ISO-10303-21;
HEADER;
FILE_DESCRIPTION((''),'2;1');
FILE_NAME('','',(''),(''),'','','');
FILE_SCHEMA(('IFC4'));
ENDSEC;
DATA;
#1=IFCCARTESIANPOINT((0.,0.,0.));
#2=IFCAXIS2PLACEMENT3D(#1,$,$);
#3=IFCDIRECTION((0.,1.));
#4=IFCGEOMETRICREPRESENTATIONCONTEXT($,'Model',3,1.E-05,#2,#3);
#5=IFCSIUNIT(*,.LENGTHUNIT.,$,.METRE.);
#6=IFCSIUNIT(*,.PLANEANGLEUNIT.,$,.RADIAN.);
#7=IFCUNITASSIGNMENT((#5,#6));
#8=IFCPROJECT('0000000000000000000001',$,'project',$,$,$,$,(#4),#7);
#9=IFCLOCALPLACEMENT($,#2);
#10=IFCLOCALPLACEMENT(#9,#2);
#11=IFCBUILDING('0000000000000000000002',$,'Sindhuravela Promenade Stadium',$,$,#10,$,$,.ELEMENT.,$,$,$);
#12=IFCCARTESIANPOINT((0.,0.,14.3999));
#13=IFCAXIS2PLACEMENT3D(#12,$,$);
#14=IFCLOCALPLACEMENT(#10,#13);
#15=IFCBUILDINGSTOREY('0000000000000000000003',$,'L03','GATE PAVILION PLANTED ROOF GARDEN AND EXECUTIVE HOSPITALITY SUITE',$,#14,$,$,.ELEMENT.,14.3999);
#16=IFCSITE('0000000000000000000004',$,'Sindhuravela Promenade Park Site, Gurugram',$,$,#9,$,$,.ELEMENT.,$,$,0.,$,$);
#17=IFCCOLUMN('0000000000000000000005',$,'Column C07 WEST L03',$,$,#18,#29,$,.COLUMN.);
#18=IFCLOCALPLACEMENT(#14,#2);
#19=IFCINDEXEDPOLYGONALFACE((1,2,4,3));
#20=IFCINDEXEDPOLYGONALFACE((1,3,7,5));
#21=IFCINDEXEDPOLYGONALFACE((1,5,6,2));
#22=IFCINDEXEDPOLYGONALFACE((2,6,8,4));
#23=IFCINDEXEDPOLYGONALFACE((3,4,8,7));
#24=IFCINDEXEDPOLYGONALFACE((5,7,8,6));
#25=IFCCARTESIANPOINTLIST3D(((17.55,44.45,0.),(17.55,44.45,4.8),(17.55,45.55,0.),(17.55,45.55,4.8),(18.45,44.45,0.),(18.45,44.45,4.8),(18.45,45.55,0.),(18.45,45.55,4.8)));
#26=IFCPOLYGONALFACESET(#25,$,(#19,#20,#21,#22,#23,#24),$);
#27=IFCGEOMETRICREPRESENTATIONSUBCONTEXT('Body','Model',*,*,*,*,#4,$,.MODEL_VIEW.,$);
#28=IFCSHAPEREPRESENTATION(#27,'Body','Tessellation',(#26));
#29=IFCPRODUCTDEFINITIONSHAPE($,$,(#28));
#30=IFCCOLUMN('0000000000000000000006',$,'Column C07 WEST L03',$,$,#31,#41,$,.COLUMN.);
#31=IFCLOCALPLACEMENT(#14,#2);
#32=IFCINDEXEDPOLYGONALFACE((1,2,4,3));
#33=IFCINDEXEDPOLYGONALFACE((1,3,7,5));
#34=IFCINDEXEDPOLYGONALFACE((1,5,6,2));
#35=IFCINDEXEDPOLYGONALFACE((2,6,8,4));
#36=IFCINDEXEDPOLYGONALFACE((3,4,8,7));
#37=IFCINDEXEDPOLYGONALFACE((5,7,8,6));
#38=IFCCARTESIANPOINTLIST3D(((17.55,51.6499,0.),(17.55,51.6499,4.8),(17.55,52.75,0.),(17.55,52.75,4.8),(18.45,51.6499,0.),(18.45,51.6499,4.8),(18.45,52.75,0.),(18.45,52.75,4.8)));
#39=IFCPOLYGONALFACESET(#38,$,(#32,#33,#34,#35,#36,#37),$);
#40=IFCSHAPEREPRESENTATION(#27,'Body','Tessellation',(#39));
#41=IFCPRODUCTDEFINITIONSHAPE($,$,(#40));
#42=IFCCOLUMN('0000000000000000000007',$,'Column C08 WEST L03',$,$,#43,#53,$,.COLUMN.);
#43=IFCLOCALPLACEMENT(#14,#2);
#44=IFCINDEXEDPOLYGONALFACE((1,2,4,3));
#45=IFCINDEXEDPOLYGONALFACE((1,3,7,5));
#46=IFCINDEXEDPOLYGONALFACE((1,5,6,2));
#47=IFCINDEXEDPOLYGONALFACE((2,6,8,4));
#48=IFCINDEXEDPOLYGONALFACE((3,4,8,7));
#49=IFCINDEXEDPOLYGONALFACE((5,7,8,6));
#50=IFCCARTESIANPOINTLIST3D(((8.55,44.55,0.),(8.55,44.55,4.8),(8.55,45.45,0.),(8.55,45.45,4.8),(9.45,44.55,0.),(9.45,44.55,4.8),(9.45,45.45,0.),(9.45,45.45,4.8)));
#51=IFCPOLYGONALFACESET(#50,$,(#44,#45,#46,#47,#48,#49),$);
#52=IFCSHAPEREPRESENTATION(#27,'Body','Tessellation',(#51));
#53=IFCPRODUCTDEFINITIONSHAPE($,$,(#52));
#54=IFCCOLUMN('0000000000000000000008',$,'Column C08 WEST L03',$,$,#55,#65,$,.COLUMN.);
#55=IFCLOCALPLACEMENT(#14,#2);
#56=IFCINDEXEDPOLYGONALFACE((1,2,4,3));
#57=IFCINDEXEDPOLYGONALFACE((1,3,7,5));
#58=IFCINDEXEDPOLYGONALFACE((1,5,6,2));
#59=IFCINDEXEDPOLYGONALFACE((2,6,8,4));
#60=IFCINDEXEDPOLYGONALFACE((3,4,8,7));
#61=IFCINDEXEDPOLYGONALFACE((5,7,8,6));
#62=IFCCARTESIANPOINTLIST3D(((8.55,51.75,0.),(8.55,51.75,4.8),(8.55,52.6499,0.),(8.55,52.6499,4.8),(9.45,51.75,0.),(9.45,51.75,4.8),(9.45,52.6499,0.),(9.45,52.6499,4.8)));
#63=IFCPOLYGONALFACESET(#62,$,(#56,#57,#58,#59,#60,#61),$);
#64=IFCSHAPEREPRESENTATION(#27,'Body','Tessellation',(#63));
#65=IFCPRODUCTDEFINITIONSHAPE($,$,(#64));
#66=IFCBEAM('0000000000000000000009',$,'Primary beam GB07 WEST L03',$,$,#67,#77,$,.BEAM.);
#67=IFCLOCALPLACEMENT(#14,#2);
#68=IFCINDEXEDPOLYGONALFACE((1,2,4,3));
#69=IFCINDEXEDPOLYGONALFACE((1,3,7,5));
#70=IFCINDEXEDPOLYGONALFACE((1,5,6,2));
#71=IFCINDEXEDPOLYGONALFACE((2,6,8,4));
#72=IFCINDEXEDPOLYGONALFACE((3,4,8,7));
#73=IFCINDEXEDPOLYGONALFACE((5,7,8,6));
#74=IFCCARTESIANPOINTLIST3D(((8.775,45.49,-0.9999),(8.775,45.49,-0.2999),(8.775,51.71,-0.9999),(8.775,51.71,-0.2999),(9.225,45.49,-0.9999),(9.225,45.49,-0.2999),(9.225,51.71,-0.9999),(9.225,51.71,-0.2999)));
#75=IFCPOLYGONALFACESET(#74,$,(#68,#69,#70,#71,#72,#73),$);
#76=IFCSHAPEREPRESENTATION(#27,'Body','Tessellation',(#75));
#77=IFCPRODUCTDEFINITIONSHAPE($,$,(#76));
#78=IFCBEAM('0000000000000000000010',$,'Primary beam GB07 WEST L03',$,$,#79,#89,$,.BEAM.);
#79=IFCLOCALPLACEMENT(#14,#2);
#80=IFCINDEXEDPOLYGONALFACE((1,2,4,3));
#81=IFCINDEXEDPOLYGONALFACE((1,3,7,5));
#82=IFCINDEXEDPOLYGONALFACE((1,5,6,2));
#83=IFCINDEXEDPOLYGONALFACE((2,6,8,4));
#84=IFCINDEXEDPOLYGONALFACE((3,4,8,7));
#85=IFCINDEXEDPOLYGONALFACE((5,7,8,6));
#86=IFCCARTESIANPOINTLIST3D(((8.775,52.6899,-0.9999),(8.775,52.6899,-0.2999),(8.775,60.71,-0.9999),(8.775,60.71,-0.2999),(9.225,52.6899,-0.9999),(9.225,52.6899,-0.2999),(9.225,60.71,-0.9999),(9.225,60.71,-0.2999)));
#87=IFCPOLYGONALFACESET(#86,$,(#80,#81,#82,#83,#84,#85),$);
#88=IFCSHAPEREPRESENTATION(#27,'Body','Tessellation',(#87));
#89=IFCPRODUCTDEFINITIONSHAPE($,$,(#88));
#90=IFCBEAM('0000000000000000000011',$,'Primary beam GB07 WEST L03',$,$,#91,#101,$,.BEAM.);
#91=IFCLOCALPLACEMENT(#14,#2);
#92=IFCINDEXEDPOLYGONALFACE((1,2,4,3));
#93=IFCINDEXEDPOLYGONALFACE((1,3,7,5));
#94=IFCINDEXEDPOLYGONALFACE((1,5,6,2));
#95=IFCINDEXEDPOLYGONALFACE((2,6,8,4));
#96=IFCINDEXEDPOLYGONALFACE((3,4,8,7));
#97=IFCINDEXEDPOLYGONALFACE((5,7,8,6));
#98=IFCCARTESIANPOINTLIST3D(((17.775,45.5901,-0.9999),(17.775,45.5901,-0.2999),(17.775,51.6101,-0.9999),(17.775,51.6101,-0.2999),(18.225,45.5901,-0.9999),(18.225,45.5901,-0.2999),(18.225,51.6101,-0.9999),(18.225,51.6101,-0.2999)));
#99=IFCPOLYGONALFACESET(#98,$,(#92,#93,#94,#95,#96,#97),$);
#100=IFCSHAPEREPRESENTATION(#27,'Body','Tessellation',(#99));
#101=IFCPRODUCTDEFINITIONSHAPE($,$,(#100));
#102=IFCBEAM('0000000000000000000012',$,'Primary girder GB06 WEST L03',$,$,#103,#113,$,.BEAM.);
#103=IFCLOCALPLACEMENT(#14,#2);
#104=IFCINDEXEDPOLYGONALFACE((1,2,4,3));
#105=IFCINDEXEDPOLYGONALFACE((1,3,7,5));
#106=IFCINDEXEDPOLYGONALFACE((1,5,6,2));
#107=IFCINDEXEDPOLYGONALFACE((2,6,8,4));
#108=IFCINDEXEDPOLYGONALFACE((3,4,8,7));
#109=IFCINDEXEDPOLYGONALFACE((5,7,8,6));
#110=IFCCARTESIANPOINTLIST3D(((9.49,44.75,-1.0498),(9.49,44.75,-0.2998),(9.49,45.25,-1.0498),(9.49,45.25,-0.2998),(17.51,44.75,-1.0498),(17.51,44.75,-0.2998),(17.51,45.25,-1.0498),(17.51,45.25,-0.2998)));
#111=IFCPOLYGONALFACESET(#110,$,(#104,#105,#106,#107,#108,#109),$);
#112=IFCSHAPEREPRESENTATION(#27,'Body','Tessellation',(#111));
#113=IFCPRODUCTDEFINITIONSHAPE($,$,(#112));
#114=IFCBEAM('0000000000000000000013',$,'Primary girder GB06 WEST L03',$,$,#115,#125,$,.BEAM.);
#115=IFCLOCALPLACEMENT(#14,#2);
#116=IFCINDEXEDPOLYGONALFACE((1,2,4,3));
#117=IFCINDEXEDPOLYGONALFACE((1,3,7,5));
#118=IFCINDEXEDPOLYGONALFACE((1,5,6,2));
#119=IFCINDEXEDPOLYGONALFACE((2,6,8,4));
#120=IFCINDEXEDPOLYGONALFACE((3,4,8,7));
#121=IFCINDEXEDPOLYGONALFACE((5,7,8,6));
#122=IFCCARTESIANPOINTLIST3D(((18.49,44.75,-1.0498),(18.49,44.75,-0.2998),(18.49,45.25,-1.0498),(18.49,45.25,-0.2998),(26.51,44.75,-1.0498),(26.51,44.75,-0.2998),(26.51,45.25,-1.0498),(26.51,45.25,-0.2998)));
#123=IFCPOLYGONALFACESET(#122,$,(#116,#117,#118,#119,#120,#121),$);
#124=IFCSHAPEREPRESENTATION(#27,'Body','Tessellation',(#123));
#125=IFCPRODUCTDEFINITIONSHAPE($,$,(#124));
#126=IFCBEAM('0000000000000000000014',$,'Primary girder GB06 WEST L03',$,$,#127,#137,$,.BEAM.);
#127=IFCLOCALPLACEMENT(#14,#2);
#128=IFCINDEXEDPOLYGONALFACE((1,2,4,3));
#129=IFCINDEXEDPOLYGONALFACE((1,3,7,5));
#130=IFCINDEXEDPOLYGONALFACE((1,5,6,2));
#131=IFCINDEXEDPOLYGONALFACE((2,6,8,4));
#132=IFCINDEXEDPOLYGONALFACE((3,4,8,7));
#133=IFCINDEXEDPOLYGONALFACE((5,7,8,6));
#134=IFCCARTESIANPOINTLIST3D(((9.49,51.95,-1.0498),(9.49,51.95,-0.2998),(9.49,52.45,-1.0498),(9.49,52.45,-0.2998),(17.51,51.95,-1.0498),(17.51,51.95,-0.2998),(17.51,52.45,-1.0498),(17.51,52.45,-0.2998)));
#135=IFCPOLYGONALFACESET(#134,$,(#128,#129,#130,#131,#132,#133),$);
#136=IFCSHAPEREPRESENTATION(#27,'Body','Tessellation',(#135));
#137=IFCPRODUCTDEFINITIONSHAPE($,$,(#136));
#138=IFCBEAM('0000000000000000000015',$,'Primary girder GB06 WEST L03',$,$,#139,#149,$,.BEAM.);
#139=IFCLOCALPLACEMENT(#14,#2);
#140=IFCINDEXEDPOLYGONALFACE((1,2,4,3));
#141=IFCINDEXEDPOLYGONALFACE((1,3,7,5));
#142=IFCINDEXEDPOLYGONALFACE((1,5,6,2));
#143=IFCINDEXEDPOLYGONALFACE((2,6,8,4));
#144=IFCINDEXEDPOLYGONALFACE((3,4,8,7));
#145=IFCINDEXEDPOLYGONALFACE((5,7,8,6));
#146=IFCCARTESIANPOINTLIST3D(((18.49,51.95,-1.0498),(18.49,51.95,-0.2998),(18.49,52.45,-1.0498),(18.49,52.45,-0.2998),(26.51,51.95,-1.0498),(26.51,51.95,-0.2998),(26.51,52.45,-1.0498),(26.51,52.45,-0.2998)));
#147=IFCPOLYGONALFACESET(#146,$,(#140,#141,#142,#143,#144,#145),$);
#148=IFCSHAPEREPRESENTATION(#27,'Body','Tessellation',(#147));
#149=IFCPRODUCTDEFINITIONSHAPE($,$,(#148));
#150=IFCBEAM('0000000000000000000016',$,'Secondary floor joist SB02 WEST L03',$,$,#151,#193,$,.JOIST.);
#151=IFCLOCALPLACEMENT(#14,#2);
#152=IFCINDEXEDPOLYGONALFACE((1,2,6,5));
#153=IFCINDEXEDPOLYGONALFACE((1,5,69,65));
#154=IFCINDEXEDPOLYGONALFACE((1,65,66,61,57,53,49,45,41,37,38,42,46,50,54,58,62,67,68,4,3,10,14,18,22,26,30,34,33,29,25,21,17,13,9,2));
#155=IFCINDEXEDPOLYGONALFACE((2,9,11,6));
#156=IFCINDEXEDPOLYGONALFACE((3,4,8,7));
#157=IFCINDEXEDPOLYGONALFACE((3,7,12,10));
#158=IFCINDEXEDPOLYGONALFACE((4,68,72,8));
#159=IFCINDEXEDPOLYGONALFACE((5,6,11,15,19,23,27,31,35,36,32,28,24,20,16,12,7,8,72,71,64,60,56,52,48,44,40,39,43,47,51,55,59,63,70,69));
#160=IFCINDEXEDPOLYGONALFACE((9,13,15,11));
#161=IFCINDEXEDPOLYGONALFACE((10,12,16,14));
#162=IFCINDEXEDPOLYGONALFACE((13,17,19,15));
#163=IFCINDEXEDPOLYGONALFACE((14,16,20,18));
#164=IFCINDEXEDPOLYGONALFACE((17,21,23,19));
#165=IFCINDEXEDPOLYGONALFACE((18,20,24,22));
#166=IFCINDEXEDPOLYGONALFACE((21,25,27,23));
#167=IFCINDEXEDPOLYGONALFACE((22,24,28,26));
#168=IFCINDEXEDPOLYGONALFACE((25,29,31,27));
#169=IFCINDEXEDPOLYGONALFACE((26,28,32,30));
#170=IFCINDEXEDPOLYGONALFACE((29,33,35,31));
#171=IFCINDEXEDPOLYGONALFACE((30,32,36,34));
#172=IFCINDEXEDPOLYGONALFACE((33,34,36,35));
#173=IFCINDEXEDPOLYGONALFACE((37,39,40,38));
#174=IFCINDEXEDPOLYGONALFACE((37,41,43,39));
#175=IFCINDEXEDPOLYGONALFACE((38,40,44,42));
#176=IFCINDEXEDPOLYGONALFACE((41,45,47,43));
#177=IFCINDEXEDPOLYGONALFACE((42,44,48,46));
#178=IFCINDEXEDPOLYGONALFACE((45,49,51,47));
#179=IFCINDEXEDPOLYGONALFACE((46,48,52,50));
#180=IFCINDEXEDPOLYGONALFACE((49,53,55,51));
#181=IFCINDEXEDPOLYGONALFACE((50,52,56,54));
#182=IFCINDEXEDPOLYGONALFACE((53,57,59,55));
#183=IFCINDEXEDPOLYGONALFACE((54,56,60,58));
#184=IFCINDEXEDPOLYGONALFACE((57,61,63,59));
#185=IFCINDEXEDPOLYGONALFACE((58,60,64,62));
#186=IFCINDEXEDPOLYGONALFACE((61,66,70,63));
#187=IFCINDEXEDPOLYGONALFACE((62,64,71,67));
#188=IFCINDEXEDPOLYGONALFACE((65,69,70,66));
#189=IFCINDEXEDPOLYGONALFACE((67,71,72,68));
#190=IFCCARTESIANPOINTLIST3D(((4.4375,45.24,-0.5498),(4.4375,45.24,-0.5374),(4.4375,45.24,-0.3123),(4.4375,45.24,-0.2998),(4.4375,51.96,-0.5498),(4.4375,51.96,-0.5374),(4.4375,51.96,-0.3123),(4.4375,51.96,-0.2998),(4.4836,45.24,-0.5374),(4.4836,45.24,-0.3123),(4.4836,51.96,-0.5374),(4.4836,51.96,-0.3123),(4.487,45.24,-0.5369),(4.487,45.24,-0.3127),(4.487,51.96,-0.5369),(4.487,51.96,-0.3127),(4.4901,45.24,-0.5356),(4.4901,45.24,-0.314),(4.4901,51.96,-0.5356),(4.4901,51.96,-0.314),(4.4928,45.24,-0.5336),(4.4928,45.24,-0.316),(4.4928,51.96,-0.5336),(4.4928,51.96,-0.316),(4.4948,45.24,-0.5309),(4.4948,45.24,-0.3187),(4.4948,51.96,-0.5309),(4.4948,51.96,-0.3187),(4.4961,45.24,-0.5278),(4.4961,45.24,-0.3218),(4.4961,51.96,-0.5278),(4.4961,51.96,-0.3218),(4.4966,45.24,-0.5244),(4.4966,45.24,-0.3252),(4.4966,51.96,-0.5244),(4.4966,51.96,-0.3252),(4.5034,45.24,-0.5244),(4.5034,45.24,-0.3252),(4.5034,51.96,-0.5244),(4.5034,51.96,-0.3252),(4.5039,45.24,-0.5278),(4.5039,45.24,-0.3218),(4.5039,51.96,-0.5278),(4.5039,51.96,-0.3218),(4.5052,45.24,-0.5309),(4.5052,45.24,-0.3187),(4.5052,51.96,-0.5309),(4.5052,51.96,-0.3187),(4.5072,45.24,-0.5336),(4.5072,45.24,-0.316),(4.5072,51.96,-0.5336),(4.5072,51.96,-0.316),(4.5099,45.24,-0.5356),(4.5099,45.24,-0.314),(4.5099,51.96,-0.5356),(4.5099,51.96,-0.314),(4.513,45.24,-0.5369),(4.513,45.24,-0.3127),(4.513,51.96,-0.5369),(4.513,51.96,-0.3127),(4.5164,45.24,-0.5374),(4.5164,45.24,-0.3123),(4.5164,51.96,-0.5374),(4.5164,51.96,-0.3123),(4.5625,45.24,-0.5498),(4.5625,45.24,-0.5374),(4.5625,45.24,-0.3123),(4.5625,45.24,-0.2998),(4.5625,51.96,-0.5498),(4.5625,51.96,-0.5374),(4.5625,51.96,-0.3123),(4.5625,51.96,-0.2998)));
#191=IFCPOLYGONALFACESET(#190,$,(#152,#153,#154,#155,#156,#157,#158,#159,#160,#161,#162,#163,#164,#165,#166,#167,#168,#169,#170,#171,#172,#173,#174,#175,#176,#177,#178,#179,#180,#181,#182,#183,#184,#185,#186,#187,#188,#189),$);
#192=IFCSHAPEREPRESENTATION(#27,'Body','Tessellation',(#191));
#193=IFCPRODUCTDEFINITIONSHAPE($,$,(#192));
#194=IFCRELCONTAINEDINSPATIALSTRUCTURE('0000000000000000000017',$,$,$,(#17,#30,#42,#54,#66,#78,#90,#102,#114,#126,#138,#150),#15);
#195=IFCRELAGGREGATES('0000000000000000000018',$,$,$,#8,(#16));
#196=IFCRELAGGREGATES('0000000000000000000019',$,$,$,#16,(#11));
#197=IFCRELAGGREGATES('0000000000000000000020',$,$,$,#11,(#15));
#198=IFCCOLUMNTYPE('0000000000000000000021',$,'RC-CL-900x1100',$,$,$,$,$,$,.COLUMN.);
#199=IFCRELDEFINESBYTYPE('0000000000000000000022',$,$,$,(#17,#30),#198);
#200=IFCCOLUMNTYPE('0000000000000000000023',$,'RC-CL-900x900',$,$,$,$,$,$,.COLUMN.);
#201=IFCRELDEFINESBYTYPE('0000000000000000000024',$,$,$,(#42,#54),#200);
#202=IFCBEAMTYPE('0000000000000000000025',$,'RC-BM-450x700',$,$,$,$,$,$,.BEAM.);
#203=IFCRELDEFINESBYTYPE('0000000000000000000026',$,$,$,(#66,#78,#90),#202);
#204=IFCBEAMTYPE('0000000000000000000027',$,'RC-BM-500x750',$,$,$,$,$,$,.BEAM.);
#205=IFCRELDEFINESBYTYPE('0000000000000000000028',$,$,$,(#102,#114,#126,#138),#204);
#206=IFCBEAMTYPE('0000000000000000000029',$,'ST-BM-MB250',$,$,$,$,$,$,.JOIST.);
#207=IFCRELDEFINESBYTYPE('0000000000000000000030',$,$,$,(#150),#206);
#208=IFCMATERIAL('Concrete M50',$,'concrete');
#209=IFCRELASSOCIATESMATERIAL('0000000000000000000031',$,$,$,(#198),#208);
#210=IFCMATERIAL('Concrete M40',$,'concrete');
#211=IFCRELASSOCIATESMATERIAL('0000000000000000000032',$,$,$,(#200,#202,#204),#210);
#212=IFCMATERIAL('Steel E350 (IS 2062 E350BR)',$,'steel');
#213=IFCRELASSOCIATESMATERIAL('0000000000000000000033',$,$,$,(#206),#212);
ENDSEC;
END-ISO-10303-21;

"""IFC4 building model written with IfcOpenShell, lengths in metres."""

from ifc_helpers import new_model, si_unit, direction, frame, origin, origin_2d, place, context, subcontext, project, spatial, rectangle, i_section, extrude, material, material_profile, profile_set, type_object, element, save


model = new_model("IFC4")

# Units and contexts
model_context = context("Model", 3, precision=1e-05, world=origin(), true_north=direction((0.0, 1.0)))
body_context = subcontext(model_context, "Body", "Model", "MODEL_VIEW")
ifc_project = project(units=[si_unit("LENGTHUNIT", "METRE"), si_unit("PLANEANGLEUNIT", "RADIAN")], contexts=[model_context])

# Site, building, storey
site_placement = place(None, origin())
site = spatial("IfcSite", under=ifc_project, at=site_placement, Name="Sindhuravela Promenade Park Site, Gurugram", CompositionType="ELEMENT", RefElevation=0.0)
building_placement = place(site_placement, origin())
building = spatial("IfcBuilding", under=site, at=building_placement, Name="Sindhuravela Promenade Stadium", CompositionType="ELEMENT")
storey_placement = place(building_placement, frame((0.0, 0.0, 14.3999)))
storey = spatial("IfcBuildingStorey", under=building, at=storey_placement, Name="L03", Description="GATE PAVILION PLANTED ROOF GARDEN AND EXECUTIVE HOSPITALITY SUITE", CompositionType="ELEMENT", Elevation=14.3999)

# Columns
ifc_material_1 = material(Name="Concrete M50", Category="concrete")
ifc_material_profile_1 = material_profile(ifc_material_1, rectangle(XDim=0.8999, YDim=1.1001, at=origin_2d()), Name="RC 900x1100")
ifc_profile_set_1 = profile_set([ifc_material_profile_1], Name="Concrete M50")
column_type_1 = type_object("IfcColumnType", Name="RC-CL-900x1100", PredefinedType="COLUMN", material=ifc_profile_set_1)
for number, where, z_axis, x_axis, name in (
    (1, (18.0, 45.0, 0.0), (0.0, 0.0, 1.0), (1.0, 0.0, 0.0), "Column C07 WEST L03"),
    (2, (18.0, 52.2, 0.0), (0.0, 0.0, 1.0), (1.0, 0.0, 0.0), "Column C07 WEST L03"),
):
    element("IfcColumn", number, at=place(storey_placement, frame(where, z_axis=z_axis, x_axis=x_axis)), inside=storey, type_object=column_type_1, Name=name, PredefinedType="COLUMN", context=body_context, shape_type="SweptSolid", body=[
        extrude(rectangle(XDim=0.8999, YDim=1.1001, at=origin_2d()), origin(), (0.0, 0.0, 1.0), 4.8),
    ])
ifc_material_2 = material(Name="Concrete M40", Category="concrete")
ifc_material_profile_2 = material_profile(ifc_material_2, rectangle(XDim=0.8999, YDim=0.8999, at=origin_2d()), Name="RC 900x900")
ifc_profile_set_2 = profile_set([ifc_material_profile_2], Name="Concrete M40")
column_type_2 = type_object("IfcColumnType", Name="RC-CL-900x900", PredefinedType="COLUMN", material=ifc_profile_set_2)
for number, where, z_axis, x_axis, name in (
    (3, (9.0, 45.0, 0.0), (0.0, 0.0, 1.0), (1.0, 0.0, 0.0), "Column C08 WEST L03"),
    (4, (9.0, 52.2, 0.0), (0.0, 0.0, 1.0), (1.0, 0.0, 0.0), "Column C08 WEST L03"),
):
    element("IfcColumn", number, at=place(storey_placement, frame(where, z_axis=z_axis, x_axis=x_axis)), inside=storey, type_object=column_type_2, Name=name, PredefinedType="COLUMN", context=body_context, shape_type="SweptSolid", body=[
        extrude(rectangle(XDim=0.8999, YDim=0.8999, at=origin_2d()), origin(), (0.0, 0.0, 1.0), 4.8),
    ])

# Beams
ifc_material_profile_3 = material_profile(ifc_material_2, rectangle(XDim=0.45, YDim=0.7, at=origin_2d()), Name="RC 450x700")
ifc_profile_set_3 = profile_set([ifc_material_profile_3], Name="Concrete M40")
beam_type_1 = type_object("IfcBeamType", Name="RC-BM-450x700", PredefinedType="BEAM", material=ifc_profile_set_3)
beam_1_placement = place(storey_placement, frame((9.0, 45.49, -0.6499), z_axis=(0.0, 1.0, 0.0), x_axis=(-1.0, 0.0, 0.0)))
element("IfcBeam", 5, at=beam_1_placement, inside=storey, type_object=beam_type_1, Name="Primary beam GB07 WEST L03", PredefinedType="BEAM", context=body_context, shape_type="SweptSolid", body=[
    extrude(rectangle(XDim=0.45, YDim=0.7, at=origin_2d()), origin(), (0.0, 0.0, 1.0), 6.22),
])
beam_2_placement = place(storey_placement, frame((9.0, 52.6899, -0.6499), z_axis=(0.0, 1.0, 0.0), x_axis=(-1.0, 0.0, 0.0)))
element("IfcBeam", 6, at=beam_2_placement, inside=storey, type_object=beam_type_1, Name="Primary beam GB07 WEST L03", PredefinedType="BEAM", context=body_context, shape_type="SweptSolid", body=[
    extrude(rectangle(XDim=0.45, YDim=0.7, at=origin_2d()), origin(), (0.0, 0.0, 1.0), 8.02),
])
beam_3_placement = place(storey_placement, frame((18.0, 45.5901, -0.6499), z_axis=(0.0, 1.0, 0.0), x_axis=(-1.0, 0.0, 0.0)))
element("IfcBeam", 7, at=beam_3_placement, inside=storey, type_object=beam_type_1, Name="Primary beam GB07 WEST L03", PredefinedType="BEAM", context=body_context, shape_type="SweptSolid", body=[
    extrude(rectangle(XDim=0.45, YDim=0.7, at=origin_2d()), origin(), (0.0, 0.0, 1.0), 6.02),
])
ifc_material_profile_4 = material_profile(ifc_material_2, rectangle(XDim=0.5, YDim=0.75, at=origin_2d()), Name="RC 500x750")
ifc_profile_set_4 = profile_set([ifc_material_profile_4], Name="Concrete M40")
beam_type_2 = type_object("IfcBeamType", Name="RC-BM-500x750", PredefinedType="BEAM", material=ifc_profile_set_4)
for number, where, z_axis, x_axis, name in (
    (8, (9.49, 45.0, -0.6748), (1.0, 0.0, 0.0), (0.0, 1.0, 0.0), "Primary girder GB06 WEST L03"),
    (9, (18.49, 45.0, -0.6748), (1.0, 0.0, 0.0), (0.0, 1.0, 0.0), "Primary girder GB06 WEST L03"),
    (10, (9.49, 52.2, -0.6748), (1.0, 0.0, 0.0), (0.0, 1.0, 0.0), "Primary girder GB06 WEST L03"),
    (11, (18.49, 52.2, -0.6748), (1.0, 0.0, 0.0), (0.0, 1.0, 0.0), "Primary girder GB06 WEST L03"),
):
    element("IfcBeam", number, at=place(storey_placement, frame(where, z_axis=z_axis, x_axis=x_axis)), inside=storey, type_object=beam_type_2, Name=name, PredefinedType="BEAM", context=body_context, shape_type="SweptSolid", body=[
        extrude(rectangle(XDim=0.5, YDim=0.75, at=origin_2d()), origin(), (0.0, 0.0, 1.0), 8.02),
    ])
ifc_material_3 = material(Name="Steel E350 (IS 2062 E350BR)", Category="steel")
ifc_material_profile_5 = material_profile(ifc_material_3, i_section(OverallWidth=0.125, OverallDepth=0.25, WebThickness=0.0068, FlangeThickness=0.0125, FilletRadius=0.0129, at=origin_2d()), Name="ISMB 250")
ifc_profile_set_5 = profile_set([ifc_material_profile_5], Name="Steel E350 (IS 2062 E350BR)")
beam_type_3 = type_object("IfcBeamType", Name="ST-BM-MB250", PredefinedType="JOIST", material=ifc_profile_set_5)
beam_4_placement = place(storey_placement, frame((4.5, 45.24, -0.4248), z_axis=(0.0, 1.0, 0.0), x_axis=(-1.0, 0.0, 0.0)))
element("IfcBeam", 12, at=beam_4_placement, inside=storey, type_object=beam_type_3, Name="Secondary floor joist SB02 WEST L03", PredefinedType="JOIST", context=body_context, shape_type="SweptSolid", body=[
    extrude(i_section(OverallWidth=0.125, OverallDepth=0.25, WebThickness=0.0068, FlangeThickness=0.0125, FilletRadius=0.0129, at=origin_2d()), origin(), (0.0, 0.0, 1.0), 6.72),
])

save(model, "model.ifc")
